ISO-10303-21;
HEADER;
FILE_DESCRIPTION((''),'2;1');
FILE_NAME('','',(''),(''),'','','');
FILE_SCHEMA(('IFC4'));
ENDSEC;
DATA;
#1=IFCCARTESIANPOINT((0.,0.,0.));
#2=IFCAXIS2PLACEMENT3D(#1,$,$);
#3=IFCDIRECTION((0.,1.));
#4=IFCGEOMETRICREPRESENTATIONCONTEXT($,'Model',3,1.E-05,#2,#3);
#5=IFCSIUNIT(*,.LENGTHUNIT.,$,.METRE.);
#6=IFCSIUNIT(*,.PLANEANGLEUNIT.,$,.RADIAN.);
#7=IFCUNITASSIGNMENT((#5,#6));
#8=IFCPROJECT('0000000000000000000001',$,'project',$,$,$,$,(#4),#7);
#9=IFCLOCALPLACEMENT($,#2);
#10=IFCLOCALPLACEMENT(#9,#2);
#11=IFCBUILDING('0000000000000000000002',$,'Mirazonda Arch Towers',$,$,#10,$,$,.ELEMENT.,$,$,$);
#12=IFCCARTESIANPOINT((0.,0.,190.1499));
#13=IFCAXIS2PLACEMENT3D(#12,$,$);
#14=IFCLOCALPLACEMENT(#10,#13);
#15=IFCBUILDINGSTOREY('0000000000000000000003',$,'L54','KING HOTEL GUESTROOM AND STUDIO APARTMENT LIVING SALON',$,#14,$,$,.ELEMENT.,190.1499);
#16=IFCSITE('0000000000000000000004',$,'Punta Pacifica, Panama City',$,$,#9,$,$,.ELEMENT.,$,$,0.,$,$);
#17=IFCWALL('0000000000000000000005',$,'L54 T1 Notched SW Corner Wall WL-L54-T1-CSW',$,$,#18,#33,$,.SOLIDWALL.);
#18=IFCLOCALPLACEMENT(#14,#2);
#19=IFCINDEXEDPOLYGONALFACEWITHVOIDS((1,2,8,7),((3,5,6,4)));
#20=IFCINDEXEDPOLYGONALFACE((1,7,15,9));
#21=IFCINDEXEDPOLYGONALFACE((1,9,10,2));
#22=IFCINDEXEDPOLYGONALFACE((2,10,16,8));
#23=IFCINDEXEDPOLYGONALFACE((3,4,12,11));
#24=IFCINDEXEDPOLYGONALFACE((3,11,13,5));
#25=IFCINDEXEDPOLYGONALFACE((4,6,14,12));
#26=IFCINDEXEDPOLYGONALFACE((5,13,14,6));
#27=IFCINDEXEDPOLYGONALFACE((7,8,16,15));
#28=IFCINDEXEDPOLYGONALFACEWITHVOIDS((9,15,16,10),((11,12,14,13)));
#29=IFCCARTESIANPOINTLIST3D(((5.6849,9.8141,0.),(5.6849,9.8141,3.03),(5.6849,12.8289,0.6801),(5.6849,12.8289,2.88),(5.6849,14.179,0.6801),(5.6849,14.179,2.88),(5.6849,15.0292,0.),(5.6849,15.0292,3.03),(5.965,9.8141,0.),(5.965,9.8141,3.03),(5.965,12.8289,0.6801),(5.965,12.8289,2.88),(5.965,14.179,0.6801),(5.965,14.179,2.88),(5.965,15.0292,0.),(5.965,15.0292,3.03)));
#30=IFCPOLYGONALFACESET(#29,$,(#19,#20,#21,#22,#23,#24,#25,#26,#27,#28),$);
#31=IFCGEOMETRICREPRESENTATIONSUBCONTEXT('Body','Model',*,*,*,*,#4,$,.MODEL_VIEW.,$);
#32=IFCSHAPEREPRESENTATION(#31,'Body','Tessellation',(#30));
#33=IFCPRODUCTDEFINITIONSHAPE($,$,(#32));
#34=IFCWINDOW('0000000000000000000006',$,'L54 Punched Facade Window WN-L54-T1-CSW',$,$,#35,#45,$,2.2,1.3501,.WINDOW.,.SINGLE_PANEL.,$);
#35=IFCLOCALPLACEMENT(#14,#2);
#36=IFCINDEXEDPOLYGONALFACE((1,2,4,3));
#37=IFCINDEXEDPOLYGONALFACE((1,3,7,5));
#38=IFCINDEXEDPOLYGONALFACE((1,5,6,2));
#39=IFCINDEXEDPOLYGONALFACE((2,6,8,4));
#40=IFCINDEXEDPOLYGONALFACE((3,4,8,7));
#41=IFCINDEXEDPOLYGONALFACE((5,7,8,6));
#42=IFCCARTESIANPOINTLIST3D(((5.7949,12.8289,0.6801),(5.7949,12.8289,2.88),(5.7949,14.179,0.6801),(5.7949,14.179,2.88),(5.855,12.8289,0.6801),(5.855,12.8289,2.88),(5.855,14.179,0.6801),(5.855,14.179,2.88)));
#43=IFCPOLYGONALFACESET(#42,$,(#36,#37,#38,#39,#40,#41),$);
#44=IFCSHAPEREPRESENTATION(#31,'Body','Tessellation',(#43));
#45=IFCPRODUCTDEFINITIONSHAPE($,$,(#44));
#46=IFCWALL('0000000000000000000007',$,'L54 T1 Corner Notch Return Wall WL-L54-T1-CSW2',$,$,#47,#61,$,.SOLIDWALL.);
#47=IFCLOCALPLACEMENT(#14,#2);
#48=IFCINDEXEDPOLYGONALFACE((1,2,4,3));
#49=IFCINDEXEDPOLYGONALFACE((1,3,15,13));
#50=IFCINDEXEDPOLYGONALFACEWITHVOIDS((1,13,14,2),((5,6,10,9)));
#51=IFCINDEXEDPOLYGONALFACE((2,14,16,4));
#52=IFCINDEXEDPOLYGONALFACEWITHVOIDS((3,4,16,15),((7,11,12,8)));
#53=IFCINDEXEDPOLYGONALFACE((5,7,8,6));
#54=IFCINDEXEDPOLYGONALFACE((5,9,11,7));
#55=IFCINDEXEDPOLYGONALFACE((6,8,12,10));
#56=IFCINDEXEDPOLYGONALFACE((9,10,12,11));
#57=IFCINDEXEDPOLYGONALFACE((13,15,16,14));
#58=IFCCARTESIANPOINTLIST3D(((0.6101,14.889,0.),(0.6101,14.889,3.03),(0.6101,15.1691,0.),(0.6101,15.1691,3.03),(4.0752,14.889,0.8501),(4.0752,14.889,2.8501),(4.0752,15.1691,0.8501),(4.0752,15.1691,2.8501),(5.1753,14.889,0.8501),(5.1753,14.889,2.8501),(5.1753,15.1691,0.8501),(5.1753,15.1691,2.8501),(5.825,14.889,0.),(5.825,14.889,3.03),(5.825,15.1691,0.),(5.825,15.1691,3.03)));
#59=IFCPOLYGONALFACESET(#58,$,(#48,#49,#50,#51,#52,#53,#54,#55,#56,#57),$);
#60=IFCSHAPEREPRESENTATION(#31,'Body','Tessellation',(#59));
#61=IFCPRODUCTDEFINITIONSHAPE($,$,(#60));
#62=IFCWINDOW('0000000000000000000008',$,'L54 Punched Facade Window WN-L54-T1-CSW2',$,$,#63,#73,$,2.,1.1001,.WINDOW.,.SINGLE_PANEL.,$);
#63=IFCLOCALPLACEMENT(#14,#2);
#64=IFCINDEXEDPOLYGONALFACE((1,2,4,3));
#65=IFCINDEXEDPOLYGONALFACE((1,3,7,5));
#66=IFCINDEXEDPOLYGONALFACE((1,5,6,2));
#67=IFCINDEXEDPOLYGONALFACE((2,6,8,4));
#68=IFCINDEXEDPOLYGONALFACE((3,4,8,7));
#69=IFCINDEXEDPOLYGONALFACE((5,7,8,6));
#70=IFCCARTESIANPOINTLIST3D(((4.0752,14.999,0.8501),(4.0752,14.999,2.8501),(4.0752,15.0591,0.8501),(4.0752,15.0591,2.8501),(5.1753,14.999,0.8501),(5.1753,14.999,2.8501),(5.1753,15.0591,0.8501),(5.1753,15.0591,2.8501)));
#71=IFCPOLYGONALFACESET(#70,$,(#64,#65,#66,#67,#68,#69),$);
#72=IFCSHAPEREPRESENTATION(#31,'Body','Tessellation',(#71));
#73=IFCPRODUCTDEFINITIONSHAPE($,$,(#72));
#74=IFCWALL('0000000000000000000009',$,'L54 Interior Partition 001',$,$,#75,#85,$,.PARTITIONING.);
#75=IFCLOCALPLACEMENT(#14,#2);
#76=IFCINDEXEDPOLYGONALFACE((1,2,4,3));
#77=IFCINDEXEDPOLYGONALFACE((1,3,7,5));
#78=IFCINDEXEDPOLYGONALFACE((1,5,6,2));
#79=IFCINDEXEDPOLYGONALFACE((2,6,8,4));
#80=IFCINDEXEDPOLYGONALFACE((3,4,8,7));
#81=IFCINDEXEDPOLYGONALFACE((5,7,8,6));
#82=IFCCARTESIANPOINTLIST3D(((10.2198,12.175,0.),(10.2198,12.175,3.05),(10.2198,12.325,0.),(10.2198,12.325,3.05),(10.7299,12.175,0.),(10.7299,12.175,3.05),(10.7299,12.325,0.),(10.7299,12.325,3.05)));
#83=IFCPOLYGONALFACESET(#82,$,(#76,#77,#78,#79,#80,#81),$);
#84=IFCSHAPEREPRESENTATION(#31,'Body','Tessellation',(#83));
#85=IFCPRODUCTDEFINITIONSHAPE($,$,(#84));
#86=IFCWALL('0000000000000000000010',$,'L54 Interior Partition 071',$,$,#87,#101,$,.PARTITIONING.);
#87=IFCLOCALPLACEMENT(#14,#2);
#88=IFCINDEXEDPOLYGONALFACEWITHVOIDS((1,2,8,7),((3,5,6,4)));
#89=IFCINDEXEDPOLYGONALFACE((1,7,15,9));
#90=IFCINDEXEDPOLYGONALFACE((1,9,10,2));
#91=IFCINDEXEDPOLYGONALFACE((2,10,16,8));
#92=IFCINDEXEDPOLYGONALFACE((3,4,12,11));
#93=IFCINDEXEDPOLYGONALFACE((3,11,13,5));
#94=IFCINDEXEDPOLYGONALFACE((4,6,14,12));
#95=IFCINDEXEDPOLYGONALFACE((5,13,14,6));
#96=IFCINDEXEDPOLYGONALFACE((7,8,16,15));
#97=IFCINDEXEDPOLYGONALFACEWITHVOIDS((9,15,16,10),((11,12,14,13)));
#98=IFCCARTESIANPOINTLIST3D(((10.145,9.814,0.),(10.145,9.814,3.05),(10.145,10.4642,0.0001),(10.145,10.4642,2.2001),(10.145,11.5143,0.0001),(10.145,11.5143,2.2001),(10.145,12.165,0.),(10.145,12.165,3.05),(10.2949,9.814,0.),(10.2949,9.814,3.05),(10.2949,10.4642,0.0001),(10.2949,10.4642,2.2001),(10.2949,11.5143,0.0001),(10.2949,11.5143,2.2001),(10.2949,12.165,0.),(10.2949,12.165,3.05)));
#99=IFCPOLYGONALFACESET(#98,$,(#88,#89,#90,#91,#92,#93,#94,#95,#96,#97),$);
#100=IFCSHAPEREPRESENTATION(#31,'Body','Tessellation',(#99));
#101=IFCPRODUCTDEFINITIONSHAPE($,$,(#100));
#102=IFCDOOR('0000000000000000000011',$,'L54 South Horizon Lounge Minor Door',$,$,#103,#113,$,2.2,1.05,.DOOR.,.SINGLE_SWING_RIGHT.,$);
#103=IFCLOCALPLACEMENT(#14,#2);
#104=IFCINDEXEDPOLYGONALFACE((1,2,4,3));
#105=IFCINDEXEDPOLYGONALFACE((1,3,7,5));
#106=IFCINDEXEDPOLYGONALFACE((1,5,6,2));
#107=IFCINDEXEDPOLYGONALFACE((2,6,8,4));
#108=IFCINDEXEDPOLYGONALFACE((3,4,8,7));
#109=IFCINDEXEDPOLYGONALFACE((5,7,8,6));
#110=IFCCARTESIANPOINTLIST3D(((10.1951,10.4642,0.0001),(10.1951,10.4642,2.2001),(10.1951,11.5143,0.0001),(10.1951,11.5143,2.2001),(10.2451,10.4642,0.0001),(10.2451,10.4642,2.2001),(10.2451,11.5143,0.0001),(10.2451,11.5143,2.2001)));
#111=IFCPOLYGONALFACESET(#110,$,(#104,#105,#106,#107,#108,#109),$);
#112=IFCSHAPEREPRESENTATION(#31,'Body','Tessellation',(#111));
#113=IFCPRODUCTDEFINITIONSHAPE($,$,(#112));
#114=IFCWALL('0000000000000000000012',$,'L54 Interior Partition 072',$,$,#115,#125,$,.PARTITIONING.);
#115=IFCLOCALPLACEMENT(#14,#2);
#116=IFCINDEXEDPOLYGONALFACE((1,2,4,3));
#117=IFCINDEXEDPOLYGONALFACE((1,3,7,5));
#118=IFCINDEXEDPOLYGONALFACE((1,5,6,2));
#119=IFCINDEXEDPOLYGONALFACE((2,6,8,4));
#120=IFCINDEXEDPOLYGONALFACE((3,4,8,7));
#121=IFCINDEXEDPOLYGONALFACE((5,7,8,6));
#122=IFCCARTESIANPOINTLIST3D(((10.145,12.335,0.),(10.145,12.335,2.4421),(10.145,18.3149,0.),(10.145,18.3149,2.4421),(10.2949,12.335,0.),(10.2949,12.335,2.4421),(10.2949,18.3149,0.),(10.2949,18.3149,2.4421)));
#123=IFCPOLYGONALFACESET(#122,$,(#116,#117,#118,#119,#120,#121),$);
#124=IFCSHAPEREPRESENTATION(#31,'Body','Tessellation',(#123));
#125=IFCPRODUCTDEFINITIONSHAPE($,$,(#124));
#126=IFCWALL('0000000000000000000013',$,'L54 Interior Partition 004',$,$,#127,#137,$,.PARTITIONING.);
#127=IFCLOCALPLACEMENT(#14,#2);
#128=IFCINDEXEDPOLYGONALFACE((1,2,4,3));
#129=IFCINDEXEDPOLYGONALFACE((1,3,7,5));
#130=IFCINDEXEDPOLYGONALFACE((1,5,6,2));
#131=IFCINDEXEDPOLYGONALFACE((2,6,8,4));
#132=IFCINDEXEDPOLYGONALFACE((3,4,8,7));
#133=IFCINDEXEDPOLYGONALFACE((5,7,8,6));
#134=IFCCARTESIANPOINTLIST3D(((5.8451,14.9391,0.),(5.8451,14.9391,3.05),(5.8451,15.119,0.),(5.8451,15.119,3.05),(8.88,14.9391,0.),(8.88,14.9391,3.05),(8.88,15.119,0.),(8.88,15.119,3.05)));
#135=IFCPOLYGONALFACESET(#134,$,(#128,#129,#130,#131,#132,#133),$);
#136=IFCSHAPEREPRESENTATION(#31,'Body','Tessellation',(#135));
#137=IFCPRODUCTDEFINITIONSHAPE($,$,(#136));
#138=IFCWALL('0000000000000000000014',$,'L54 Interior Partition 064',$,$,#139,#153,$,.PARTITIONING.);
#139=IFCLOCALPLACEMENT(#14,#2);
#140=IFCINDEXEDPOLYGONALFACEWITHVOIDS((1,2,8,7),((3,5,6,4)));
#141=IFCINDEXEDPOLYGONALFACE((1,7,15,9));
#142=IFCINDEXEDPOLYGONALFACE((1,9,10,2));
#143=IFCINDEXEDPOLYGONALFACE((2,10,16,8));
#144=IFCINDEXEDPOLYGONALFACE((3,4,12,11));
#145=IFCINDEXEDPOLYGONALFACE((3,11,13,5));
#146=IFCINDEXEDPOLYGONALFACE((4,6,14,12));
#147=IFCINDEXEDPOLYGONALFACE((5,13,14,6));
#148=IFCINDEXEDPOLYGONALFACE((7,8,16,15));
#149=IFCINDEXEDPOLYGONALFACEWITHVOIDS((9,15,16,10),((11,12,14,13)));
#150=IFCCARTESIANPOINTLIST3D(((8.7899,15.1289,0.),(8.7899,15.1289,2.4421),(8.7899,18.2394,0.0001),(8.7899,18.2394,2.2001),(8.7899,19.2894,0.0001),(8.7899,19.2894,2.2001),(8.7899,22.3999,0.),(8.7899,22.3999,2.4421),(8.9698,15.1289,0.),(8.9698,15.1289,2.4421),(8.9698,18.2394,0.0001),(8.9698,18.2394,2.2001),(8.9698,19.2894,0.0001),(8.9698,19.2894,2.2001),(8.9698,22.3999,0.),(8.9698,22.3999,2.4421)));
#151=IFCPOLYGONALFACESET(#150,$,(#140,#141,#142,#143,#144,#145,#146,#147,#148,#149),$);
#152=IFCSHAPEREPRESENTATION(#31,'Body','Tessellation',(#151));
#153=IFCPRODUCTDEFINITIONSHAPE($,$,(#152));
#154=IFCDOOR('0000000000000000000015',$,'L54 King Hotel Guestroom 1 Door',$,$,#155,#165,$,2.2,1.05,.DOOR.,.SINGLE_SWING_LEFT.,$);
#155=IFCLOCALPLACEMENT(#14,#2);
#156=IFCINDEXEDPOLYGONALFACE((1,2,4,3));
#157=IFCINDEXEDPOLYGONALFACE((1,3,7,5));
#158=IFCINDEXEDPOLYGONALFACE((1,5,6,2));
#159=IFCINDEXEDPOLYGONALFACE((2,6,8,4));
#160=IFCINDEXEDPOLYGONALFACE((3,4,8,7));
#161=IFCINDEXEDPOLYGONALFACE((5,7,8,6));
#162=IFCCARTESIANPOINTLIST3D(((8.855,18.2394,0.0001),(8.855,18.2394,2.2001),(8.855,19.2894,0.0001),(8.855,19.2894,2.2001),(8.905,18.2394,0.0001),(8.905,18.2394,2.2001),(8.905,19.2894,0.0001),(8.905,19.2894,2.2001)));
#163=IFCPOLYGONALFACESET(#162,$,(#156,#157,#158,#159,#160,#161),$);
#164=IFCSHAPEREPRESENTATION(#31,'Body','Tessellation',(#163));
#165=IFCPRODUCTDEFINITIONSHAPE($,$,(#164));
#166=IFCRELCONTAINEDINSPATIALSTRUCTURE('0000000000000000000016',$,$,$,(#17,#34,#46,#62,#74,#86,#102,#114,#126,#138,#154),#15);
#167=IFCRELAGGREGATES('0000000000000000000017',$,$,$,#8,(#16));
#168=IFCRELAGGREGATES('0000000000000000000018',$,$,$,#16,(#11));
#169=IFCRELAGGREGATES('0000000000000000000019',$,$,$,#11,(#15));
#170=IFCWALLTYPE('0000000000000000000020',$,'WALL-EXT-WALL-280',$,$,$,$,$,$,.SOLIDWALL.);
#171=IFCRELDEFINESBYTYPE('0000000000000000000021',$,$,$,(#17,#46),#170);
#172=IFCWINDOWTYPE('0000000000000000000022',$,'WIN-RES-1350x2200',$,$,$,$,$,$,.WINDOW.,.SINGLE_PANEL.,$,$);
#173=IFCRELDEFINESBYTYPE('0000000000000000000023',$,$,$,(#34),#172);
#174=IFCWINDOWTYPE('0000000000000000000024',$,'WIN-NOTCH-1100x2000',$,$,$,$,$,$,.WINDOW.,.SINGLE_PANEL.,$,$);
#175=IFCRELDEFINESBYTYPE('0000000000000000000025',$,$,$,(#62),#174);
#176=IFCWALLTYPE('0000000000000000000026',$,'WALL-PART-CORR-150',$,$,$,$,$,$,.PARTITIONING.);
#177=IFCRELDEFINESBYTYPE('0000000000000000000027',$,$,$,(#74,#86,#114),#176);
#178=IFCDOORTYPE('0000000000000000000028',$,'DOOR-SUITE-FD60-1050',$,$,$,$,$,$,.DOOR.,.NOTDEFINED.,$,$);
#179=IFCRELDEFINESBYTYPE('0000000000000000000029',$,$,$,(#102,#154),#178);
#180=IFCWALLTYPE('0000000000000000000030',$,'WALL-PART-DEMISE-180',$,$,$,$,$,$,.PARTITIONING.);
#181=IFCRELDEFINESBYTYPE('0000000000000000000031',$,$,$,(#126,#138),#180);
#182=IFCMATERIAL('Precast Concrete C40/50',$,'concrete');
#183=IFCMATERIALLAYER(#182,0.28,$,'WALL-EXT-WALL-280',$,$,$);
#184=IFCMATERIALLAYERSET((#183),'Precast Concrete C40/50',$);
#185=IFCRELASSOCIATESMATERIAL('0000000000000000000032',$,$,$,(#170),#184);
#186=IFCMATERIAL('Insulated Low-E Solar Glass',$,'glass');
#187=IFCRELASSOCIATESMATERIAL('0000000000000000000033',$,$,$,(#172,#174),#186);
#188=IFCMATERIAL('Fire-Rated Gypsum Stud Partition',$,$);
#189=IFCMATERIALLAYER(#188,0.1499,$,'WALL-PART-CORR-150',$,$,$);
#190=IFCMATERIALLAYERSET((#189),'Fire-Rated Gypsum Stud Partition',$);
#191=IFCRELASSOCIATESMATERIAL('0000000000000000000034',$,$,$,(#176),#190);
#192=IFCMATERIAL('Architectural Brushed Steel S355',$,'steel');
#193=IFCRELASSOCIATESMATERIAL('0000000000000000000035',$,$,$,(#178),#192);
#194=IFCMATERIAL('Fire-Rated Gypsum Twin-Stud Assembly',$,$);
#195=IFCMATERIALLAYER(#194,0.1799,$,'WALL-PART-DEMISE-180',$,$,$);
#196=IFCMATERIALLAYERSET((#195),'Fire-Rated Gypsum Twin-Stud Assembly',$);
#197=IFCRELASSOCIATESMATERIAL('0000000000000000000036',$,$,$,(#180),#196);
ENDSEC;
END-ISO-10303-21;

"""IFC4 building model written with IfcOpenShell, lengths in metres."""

from ifc_helpers import new_model, si_unit, direction, frame, frame_2d, origin, place, context, subcontext, project, spatial, rectangle, extrude, material, layer, layer_set, type_object, element, fill, save


model = new_model("IFC4")

# Units and contexts
model_context = context("Model", 3, precision=1e-05, world=origin(), true_north=direction((0.0, 1.0)))
body_context = subcontext(model_context, "Body", "Model", "MODEL_VIEW")
ifc_project = project(units=[si_unit("LENGTHUNIT", "METRE"), si_unit("PLANEANGLEUNIT", "RADIAN")], contexts=[model_context])

# Site, building, storey
site_placement = place(None, origin())
site = spatial("IfcSite", under=ifc_project, at=site_placement, Name="Punta Pacifica, Panama City", CompositionType="ELEMENT", RefElevation=0.0)
building_placement = place(site_placement, origin())
building = spatial("IfcBuilding", under=site, at=building_placement, Name="Mirazonda Arch Towers", CompositionType="ELEMENT")
storey_placement = place(building_placement, frame((0.0, 0.0, 190.1499)))
storey = spatial("IfcBuildingStorey", under=building, at=storey_placement, Name="L54", Description="KING HOTEL GUESTROOM AND STUDIO APARTMENT LIVING SALON", CompositionType="ELEMENT", Elevation=190.1499)

# Shared definitions
ifc_material_1 = material(Name="Insulated Low-E Solar Glass", Category="glass")

# Walls, openings, windows
ifc_material_2 = material(Name="Precast Concrete C40/50", Category="concrete")
ifc_layer_1 = layer(ifc_material_2, 0.28, Name="WALL-EXT-WALL-280")
ifc_layer_set_1 = layer_set([ifc_layer_1], Name="Precast Concrete C40/50")
wall_type_1 = type_object("IfcWallType", Name="WALL-EXT-WALL-280", PredefinedType="SOLIDWALL", material=ifc_layer_set_1)
wall_1_placement = place(storey_placement, frame((5.825, 15.0291, 0.0), z_axis=(0.0, 0.0, 1.0), x_axis=(0.0, -1.0, 0.0)))
wall_1 = element("IfcWall", 1, at=wall_1_placement, inside=storey, type_object=wall_type_1, Name="L54 T1 Notched SW Corner Wall WL-L54-T1-CSW", PredefinedType="SOLIDWALL", context=body_context, shape_type="SweptSolid", body=[
    extrude(rectangle(XDim=5.2151, YDim=0.28, at=frame_2d((2.6074, 0.0))), origin(), (0.0, 0.0, 1.0), 3.03),
])
opening_1_placement = place(wall_1_placement, frame((0.8501, 0.0, 0.6799)))
opening_1 = element("IfcOpeningElement", 2, at=opening_1_placement, cuts=wall_1, PredefinedType="OPENING", context=body_context, shape_type="SweptSolid", body=[
    extrude(rectangle(XDim=1.3501, YDim=2.2, at=frame_2d((0.675, 1.1001))), frame((0.0, 0.1499, 0.0), z_axis=(0.0, -1.0, 0.0), x_axis=(1.0, 0.0, 0.0)), (0.0, 0.0, 1.0), 0.3),
])
window_type_1 = type_object("IfcWindowType", Name="WIN-RES-1350x2200", PartitioningType="SINGLE_PANEL", PredefinedType="WINDOW", material=ifc_material_1)
window_1_placement = place(opening_1_placement, origin())
window_1 = element("IfcWindow", 3, at=window_1_placement, inside=storey, type_object=window_type_1, Name="L54 Punched Facade Window WN-L54-T1-CSW", OverallHeight=2.2, OverallWidth=1.3501, PartitioningType="SINGLE_PANEL", PredefinedType="WINDOW", context=body_context, shape_type="SweptSolid", body=[
    extrude(rectangle(XDim=1.3501, YDim=2.2, at=frame_2d((0.675, 1.1001))), frame((0.0, 0.03, 0.0), z_axis=(0.0, -1.0, 0.0), x_axis=(1.0, 0.0, 0.0)), (0.0, 0.0, 1.0), 0.0601),
])
fill(opening_1, window_1)
wall_2_placement = place(storey_placement, frame((0.6101, 15.0291, 0.0), z_axis=(0.0, 0.0, 1.0), x_axis=(1.0, 0.0, 0.0)))
wall_2 = element("IfcWall", 4, at=wall_2_placement, inside=storey, type_object=wall_type_1, Name="L54 T1 Corner Notch Return Wall WL-L54-T1-CSW2", PredefinedType="SOLIDWALL", context=body_context, shape_type="SweptSolid", body=[
    extrude(rectangle(XDim=5.2148, YDim=0.28, at=frame_2d((2.6074, 0.0))), origin(), (0.0, 0.0, 1.0), 3.03),
])
opening_2_placement = place(wall_2_placement, frame((3.4651, 0.0, 0.8501)))
opening_2 = element("IfcOpeningElement", 5, at=opening_2_placement, cuts=wall_2, PredefinedType="OPENING", context=body_context, shape_type="SweptSolid", body=[
    extrude(rectangle(XDim=1.1001, YDim=2.0, at=frame_2d((0.55, 1.0))), frame((0.0, 0.1499, 0.0), z_axis=(0.0, -1.0, 0.0), x_axis=(1.0, 0.0, 0.0)), (0.0, 0.0, 1.0), 0.3),
])
window_type_2 = type_object("IfcWindowType", Name="WIN-NOTCH-1100x2000", PartitioningType="SINGLE_PANEL", PredefinedType="WINDOW", material=ifc_material_1)
window_2_placement = place(opening_2_placement, origin())
window_2 = element("IfcWindow", 6, at=window_2_placement, inside=storey, type_object=window_type_2, Name="L54 Punched Facade Window WN-L54-T1-CSW2", OverallHeight=2.0, OverallWidth=1.1001, PartitioningType="SINGLE_PANEL", PredefinedType="WINDOW", context=body_context, shape_type="SweptSolid", body=[
    extrude(rectangle(XDim=1.1001, YDim=2.0, at=frame_2d((0.55, 1.0))), frame((0.0, 0.03, 0.0), z_axis=(0.0, -1.0, 0.0), x_axis=(1.0, 0.0, 0.0)), (0.0, 0.0, 1.0), 0.0601),
])
fill(opening_2, window_2)

# Wall
ifc_material_3 = material(Name="Fire-Rated Gypsum Stud Partition")
ifc_layer_2 = layer(ifc_material_3, 0.1499, Name="WALL-PART-CORR-150")
ifc_layer_set_2 = layer_set([ifc_layer_2], Name="Fire-Rated Gypsum Stud Partition")
wall_type_2 = type_object("IfcWallType", Name="WALL-PART-CORR-150", PredefinedType="PARTITIONING", material=ifc_layer_set_2)
wall_3_placement = place(storey_placement, frame((10.22, 12.25, 0.0), z_axis=(0.0, 0.0, 1.0), x_axis=(1.0, 0.0, 0.0)))
element("IfcWall", 7, at=wall_3_placement, inside=storey, type_object=wall_type_2, Name="L54 Interior Partition 001", PredefinedType="PARTITIONING", context=body_context, shape_type="SweptSolid", body=[
    extrude(rectangle(XDim=0.51, YDim=0.1499, at=frame_2d((0.2549, 0.0))), origin(), (0.0, 0.0, 1.0), 3.05),
])

# Wall, opening, door
wall_4_placement = place(storey_placement, frame((10.22, 9.814, 0.0), z_axis=(0.0, 0.0, 1.0), x_axis=(0.0, 1.0, 0.0)))
wall_4 = element("IfcWall", 8, at=wall_4_placement, inside=storey, type_object=wall_type_2, Name="L54 Interior Partition 071", PredefinedType="PARTITIONING", context=body_context, shape_type="SweptSolid", body=[
    extrude(rectangle(XDim=2.3511, YDim=0.1499, at=frame_2d((1.1755, 0.0))), origin(), (0.0, 0.0, 1.0), 3.05),
])
opening_3_placement = place(wall_4_placement, frame((0.6504, 0.0, 0.0)))
opening_3 = element("IfcOpeningElement", 9, at=opening_3_placement, cuts=wall_4, PredefinedType="OPENING", context=body_context, shape_type="SweptSolid", body=[
    extrude(rectangle(XDim=1.05, YDim=2.2, at=frame_2d((0.5249, 1.1001))), frame((0.0, 0.085, 0.0), z_axis=(0.0, -1.0, 0.0), x_axis=(1.0, 0.0, 0.0)), (0.0, 0.0, 1.0), 0.1699),
])
ifc_material_4 = material(Name="Architectural Brushed Steel S355", Category="steel")
door_type_1 = type_object("IfcDoorType", Name="DOOR-SUITE-FD60-1050", OperationType="NOTDEFINED", PredefinedType="DOOR", material=ifc_material_4)
door_1_placement = place(opening_3_placement, origin())
door_1 = element("IfcDoor", 10, at=door_1_placement, inside=storey, type_object=door_type_1, Name="L54 South Horizon Lounge Minor Door", OperationType="SINGLE_SWING_RIGHT", OverallHeight=2.2, OverallWidth=1.05, PredefinedType="DOOR", context=body_context, shape_type="SweptSolid", body=[
    extrude(rectangle(XDim=1.05, YDim=2.2, at=frame_2d((0.5249, 1.1001))), frame((0.0, 0.0249, 0.0), z_axis=(0.0, -1.0, 0.0), x_axis=(1.0, 0.0, 0.0)), (0.0, 0.0, 1.0), 0.05),
])
fill(opening_3, door_1)

# Walls
wall_5_placement = place(storey_placement, frame((10.22, 12.335, 0.0), z_axis=(0.0, 0.0, 1.0), x_axis=(0.0, 1.0, 0.0)))
element("IfcWall", 11, at=wall_5_placement, inside=storey, type_object=wall_type_2, Name="L54 Interior Partition 072", PredefinedType="PARTITIONING", context=body_context, shape_type="SweptSolid", body=[
    extrude(rectangle(XDim=5.98, YDim=0.1499, at=frame_2d((2.99, 0.0))), origin(), (0.0, 0.0, 1.0), 2.4421),
])
ifc_material_5 = material(Name="Fire-Rated Gypsum Twin-Stud Assembly")
ifc_layer_3 = layer(ifc_material_5, 0.1799, Name="WALL-PART-DEMISE-180")
ifc_layer_set_3 = layer_set([ifc_layer_3], Name="Fire-Rated Gypsum Twin-Stud Assembly")
wall_type_3 = type_object("IfcWallType", Name="WALL-PART-DEMISE-180", PredefinedType="PARTITIONING", material=ifc_layer_set_3)
wall_6_placement = place(storey_placement, frame((5.845, 15.0291, 0.0), z_axis=(0.0, 0.0, 1.0), x_axis=(1.0, 0.0, 0.0)))
element("IfcWall", 12, at=wall_6_placement, inside=storey, type_object=wall_type_3, Name="L54 Interior Partition 004", PredefinedType="PARTITIONING", context=body_context, shape_type="SweptSolid", body=[
    extrude(rectangle(XDim=3.0349, YDim=0.1799, at=frame_2d((1.5176, 0.0))), origin(), (0.0, 0.0, 1.0), 3.05),
])

# Wall, opening, door
wall_7_placement = place(storey_placement, frame((8.8799, 15.1289, 0.0), z_axis=(0.0, 0.0, 1.0), x_axis=(0.0, 1.0, 0.0)))
wall_7 = element("IfcWall", 13, at=wall_7_placement, inside=storey, type_object=wall_type_3, Name="L54 Interior Partition 064", PredefinedType="PARTITIONING", context=body_context, shape_type="SweptSolid", body=[
    extrude(rectangle(XDim=7.271, YDim=0.1799, at=frame_2d((3.6355, 0.0))), origin(), (0.0, 0.0, 1.0), 2.4421),
])
opening_4_placement = place(wall_7_placement, frame((3.1106, 0.0, 0.0)))
opening_4 = element("IfcOpeningElement", 14, at=opening_4_placement, cuts=wall_7, PredefinedType="OPENING", context=body_context, shape_type="SweptSolid", body=[
    extrude(rectangle(XDim=1.05, YDim=2.2, at=frame_2d((0.5249, 1.1001))), frame((0.0, 0.0999, 0.0), z_axis=(0.0, -1.0, 0.0), x_axis=(1.0, 0.0, 0.0)), (0.0, 0.0, 1.0), 0.2),
])
door_2_placement = place(opening_4_placement, origin())
door_2 = element("IfcDoor", 15, at=door_2_placement, inside=storey, type_object=door_type_1, Name="L54 King Hotel Guestroom 1 Door", OperationType="SINGLE_SWING_LEFT", OverallHeight=2.2, OverallWidth=1.05, PredefinedType="DOOR", context=body_context, shape_type="SweptSolid", body=[
    extrude(rectangle(XDim=1.05, YDim=2.2, at=frame_2d((0.5249, 1.1001))), frame((0.0, 0.0249, 0.0), z_axis=(0.0, -1.0, 0.0), x_axis=(1.0, 0.0, 0.0)), (0.0, 0.0, 1.0), 0.05),
])
fill(opening_4, door_2)

save(model, "model.ifc")
